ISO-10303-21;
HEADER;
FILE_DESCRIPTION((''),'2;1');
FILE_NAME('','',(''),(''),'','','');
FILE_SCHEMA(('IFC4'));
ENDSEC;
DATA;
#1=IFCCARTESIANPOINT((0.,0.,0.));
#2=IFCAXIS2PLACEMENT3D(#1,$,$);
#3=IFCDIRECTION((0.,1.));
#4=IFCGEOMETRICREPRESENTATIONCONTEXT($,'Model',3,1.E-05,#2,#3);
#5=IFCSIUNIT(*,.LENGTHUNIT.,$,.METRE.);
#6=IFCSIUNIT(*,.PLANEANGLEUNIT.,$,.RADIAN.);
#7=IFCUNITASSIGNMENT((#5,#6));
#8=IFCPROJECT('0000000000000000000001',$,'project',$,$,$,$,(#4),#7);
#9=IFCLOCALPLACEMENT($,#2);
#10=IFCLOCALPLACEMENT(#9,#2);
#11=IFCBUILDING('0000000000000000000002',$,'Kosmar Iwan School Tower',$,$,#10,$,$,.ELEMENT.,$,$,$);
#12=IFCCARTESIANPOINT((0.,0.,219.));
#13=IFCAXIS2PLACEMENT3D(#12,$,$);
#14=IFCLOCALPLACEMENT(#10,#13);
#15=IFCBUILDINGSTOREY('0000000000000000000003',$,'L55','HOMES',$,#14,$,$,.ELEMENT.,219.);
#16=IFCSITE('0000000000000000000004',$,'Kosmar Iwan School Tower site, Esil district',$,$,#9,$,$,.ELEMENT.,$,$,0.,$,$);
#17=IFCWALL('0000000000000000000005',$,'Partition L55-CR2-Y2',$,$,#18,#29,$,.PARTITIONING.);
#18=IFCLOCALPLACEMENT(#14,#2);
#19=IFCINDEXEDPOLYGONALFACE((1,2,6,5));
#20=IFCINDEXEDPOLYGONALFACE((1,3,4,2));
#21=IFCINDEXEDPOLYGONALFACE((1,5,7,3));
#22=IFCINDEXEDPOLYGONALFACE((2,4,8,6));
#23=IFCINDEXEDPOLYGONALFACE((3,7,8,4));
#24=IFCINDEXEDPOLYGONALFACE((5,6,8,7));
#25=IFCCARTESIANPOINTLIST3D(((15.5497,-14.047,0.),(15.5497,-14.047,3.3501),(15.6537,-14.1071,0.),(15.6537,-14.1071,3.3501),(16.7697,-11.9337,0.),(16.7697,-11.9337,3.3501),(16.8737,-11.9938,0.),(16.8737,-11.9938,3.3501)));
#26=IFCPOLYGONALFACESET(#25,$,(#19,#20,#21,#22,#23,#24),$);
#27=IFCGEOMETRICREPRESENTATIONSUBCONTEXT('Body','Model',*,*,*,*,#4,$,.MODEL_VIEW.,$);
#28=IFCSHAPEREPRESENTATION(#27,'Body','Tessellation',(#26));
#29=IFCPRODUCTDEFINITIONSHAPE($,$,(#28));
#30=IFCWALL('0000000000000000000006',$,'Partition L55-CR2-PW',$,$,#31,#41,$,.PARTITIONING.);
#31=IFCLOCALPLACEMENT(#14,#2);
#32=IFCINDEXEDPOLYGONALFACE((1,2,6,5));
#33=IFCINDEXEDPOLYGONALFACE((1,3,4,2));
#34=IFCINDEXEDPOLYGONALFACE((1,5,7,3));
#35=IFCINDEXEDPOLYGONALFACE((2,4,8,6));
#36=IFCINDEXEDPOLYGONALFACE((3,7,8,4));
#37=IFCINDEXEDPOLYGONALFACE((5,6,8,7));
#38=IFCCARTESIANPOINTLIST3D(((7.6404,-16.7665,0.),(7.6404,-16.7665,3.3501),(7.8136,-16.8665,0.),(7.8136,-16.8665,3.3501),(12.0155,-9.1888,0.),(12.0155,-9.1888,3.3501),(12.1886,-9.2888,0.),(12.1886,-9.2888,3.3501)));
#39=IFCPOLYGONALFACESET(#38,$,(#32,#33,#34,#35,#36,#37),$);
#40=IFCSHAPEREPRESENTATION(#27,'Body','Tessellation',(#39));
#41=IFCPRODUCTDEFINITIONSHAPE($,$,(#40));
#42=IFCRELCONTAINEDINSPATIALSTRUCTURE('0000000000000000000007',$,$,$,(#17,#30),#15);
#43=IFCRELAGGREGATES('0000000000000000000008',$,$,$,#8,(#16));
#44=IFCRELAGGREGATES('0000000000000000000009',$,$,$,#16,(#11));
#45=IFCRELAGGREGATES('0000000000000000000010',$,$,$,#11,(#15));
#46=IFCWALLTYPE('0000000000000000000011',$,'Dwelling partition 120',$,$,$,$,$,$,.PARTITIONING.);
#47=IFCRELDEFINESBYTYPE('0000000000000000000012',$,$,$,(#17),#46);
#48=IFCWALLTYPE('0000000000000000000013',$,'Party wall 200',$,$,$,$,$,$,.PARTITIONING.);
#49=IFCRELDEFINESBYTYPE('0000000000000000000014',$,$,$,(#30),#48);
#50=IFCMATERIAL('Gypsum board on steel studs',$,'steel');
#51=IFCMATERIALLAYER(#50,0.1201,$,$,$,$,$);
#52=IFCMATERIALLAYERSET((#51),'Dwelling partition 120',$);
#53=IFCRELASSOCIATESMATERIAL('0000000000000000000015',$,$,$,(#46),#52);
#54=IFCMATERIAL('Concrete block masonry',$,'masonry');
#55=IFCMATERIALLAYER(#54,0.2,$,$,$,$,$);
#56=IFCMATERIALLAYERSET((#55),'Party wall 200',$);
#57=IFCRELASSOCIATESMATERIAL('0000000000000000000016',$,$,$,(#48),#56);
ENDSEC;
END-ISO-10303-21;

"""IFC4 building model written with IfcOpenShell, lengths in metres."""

from ifc_helpers import new_model, si_unit, direction, frame, frame_2d, origin, place, context, subcontext, project, spatial, rectangle, extrude, material, layer, layer_set, type_object, element, save


model = new_model("IFC4")

# Units and contexts
model_context = context("Model", 3, precision=1e-05, world=origin(), true_north=direction((0.0, 1.0)))
body_context = subcontext(model_context, "Body", "Model", "MODEL_VIEW")
ifc_project = project(units=[si_unit("LENGTHUNIT", "METRE"), si_unit("PLANEANGLEUNIT", "RADIAN")], contexts=[model_context])

# Site, building, storey
site_placement = place(None, origin())
site = spatial("IfcSite", under=ifc_project, at=site_placement, Name="Kosmar Iwan School Tower site, Esil district", CompositionType="ELEMENT", RefElevation=0.0)
building_placement = place(site_placement, origin())
building = spatial("IfcBuilding", under=site, at=building_placement, Name="Kosmar Iwan School Tower", CompositionType="ELEMENT")
storey_placement = place(building_placement, frame((0.0, 0.0, 219.0)))
storey = spatial("IfcBuildingStorey", under=building, at=storey_placement, Name="L55", Description="HOMES", CompositionType="ELEMENT", Elevation=219.0)

# Shared definitions
ifc_material_1 = material(Name="Gypsum board on steel studs", Category="steel")
ifc_layer_1 = layer(ifc_material_1, 0.1201)
ifc_layer_set_1 = layer_set([ifc_layer_1], Name="Dwelling partition 120")
wall_type_1 = type_object("IfcWallType", Name="Dwelling partition 120", PredefinedType="PARTITIONING", material=ifc_layer_set_1)

# Walls
wall_1_placement = place(storey_placement, frame((16.8218, -11.9636, 0.0), z_axis=(0.0, 0.0, 1.0), x_axis=(-0.499959, -0.866049, 0.0)))
element("IfcWall", 1, at=wall_1_placement, inside=storey, type_object=wall_type_1, Name="Partition L55-CR2-Y2", PredefinedType="PARTITIONING", context=body_context, shape_type="SweptSolid", body=[
    extrude(rectangle(XDim=2.4402, YDim=0.1201, at=frame_2d((1.2202, 0.0))), origin(), (0.0, 0.0, 1.0), 3.3501),
])
ifc_material_2 = material(Name="Concrete block masonry", Category="masonry")
ifc_layer_2 = layer(ifc_material_2, 0.2)
ifc_layer_set_2 = layer_set([ifc_layer_2], Name="Party wall 200")
wall_type_2 = type_object("IfcWallType", Name="Party wall 200", PredefinedType="PARTITIONING", material=ifc_layer_set_2)
wall_2_placement = place(storey_placement, frame((12.1021, -9.2388, 0.0), z_axis=(0.0, 0.0, 1.0), x_axis=(-0.500004, -0.866023, 0.0)))
element("IfcWall", 2, at=wall_2_placement, inside=storey, type_object=wall_type_2, Name="Partition L55-CR2-PW", PredefinedType="PARTITIONING", context=body_context, shape_type="SweptSolid", body=[
    extrude(rectangle(XDim=8.75, YDim=0.2, at=frame_2d((4.375, 0.0))), origin(), (0.0, 0.0, 1.0), 3.3501),
])

save(model, "model.ifc")
